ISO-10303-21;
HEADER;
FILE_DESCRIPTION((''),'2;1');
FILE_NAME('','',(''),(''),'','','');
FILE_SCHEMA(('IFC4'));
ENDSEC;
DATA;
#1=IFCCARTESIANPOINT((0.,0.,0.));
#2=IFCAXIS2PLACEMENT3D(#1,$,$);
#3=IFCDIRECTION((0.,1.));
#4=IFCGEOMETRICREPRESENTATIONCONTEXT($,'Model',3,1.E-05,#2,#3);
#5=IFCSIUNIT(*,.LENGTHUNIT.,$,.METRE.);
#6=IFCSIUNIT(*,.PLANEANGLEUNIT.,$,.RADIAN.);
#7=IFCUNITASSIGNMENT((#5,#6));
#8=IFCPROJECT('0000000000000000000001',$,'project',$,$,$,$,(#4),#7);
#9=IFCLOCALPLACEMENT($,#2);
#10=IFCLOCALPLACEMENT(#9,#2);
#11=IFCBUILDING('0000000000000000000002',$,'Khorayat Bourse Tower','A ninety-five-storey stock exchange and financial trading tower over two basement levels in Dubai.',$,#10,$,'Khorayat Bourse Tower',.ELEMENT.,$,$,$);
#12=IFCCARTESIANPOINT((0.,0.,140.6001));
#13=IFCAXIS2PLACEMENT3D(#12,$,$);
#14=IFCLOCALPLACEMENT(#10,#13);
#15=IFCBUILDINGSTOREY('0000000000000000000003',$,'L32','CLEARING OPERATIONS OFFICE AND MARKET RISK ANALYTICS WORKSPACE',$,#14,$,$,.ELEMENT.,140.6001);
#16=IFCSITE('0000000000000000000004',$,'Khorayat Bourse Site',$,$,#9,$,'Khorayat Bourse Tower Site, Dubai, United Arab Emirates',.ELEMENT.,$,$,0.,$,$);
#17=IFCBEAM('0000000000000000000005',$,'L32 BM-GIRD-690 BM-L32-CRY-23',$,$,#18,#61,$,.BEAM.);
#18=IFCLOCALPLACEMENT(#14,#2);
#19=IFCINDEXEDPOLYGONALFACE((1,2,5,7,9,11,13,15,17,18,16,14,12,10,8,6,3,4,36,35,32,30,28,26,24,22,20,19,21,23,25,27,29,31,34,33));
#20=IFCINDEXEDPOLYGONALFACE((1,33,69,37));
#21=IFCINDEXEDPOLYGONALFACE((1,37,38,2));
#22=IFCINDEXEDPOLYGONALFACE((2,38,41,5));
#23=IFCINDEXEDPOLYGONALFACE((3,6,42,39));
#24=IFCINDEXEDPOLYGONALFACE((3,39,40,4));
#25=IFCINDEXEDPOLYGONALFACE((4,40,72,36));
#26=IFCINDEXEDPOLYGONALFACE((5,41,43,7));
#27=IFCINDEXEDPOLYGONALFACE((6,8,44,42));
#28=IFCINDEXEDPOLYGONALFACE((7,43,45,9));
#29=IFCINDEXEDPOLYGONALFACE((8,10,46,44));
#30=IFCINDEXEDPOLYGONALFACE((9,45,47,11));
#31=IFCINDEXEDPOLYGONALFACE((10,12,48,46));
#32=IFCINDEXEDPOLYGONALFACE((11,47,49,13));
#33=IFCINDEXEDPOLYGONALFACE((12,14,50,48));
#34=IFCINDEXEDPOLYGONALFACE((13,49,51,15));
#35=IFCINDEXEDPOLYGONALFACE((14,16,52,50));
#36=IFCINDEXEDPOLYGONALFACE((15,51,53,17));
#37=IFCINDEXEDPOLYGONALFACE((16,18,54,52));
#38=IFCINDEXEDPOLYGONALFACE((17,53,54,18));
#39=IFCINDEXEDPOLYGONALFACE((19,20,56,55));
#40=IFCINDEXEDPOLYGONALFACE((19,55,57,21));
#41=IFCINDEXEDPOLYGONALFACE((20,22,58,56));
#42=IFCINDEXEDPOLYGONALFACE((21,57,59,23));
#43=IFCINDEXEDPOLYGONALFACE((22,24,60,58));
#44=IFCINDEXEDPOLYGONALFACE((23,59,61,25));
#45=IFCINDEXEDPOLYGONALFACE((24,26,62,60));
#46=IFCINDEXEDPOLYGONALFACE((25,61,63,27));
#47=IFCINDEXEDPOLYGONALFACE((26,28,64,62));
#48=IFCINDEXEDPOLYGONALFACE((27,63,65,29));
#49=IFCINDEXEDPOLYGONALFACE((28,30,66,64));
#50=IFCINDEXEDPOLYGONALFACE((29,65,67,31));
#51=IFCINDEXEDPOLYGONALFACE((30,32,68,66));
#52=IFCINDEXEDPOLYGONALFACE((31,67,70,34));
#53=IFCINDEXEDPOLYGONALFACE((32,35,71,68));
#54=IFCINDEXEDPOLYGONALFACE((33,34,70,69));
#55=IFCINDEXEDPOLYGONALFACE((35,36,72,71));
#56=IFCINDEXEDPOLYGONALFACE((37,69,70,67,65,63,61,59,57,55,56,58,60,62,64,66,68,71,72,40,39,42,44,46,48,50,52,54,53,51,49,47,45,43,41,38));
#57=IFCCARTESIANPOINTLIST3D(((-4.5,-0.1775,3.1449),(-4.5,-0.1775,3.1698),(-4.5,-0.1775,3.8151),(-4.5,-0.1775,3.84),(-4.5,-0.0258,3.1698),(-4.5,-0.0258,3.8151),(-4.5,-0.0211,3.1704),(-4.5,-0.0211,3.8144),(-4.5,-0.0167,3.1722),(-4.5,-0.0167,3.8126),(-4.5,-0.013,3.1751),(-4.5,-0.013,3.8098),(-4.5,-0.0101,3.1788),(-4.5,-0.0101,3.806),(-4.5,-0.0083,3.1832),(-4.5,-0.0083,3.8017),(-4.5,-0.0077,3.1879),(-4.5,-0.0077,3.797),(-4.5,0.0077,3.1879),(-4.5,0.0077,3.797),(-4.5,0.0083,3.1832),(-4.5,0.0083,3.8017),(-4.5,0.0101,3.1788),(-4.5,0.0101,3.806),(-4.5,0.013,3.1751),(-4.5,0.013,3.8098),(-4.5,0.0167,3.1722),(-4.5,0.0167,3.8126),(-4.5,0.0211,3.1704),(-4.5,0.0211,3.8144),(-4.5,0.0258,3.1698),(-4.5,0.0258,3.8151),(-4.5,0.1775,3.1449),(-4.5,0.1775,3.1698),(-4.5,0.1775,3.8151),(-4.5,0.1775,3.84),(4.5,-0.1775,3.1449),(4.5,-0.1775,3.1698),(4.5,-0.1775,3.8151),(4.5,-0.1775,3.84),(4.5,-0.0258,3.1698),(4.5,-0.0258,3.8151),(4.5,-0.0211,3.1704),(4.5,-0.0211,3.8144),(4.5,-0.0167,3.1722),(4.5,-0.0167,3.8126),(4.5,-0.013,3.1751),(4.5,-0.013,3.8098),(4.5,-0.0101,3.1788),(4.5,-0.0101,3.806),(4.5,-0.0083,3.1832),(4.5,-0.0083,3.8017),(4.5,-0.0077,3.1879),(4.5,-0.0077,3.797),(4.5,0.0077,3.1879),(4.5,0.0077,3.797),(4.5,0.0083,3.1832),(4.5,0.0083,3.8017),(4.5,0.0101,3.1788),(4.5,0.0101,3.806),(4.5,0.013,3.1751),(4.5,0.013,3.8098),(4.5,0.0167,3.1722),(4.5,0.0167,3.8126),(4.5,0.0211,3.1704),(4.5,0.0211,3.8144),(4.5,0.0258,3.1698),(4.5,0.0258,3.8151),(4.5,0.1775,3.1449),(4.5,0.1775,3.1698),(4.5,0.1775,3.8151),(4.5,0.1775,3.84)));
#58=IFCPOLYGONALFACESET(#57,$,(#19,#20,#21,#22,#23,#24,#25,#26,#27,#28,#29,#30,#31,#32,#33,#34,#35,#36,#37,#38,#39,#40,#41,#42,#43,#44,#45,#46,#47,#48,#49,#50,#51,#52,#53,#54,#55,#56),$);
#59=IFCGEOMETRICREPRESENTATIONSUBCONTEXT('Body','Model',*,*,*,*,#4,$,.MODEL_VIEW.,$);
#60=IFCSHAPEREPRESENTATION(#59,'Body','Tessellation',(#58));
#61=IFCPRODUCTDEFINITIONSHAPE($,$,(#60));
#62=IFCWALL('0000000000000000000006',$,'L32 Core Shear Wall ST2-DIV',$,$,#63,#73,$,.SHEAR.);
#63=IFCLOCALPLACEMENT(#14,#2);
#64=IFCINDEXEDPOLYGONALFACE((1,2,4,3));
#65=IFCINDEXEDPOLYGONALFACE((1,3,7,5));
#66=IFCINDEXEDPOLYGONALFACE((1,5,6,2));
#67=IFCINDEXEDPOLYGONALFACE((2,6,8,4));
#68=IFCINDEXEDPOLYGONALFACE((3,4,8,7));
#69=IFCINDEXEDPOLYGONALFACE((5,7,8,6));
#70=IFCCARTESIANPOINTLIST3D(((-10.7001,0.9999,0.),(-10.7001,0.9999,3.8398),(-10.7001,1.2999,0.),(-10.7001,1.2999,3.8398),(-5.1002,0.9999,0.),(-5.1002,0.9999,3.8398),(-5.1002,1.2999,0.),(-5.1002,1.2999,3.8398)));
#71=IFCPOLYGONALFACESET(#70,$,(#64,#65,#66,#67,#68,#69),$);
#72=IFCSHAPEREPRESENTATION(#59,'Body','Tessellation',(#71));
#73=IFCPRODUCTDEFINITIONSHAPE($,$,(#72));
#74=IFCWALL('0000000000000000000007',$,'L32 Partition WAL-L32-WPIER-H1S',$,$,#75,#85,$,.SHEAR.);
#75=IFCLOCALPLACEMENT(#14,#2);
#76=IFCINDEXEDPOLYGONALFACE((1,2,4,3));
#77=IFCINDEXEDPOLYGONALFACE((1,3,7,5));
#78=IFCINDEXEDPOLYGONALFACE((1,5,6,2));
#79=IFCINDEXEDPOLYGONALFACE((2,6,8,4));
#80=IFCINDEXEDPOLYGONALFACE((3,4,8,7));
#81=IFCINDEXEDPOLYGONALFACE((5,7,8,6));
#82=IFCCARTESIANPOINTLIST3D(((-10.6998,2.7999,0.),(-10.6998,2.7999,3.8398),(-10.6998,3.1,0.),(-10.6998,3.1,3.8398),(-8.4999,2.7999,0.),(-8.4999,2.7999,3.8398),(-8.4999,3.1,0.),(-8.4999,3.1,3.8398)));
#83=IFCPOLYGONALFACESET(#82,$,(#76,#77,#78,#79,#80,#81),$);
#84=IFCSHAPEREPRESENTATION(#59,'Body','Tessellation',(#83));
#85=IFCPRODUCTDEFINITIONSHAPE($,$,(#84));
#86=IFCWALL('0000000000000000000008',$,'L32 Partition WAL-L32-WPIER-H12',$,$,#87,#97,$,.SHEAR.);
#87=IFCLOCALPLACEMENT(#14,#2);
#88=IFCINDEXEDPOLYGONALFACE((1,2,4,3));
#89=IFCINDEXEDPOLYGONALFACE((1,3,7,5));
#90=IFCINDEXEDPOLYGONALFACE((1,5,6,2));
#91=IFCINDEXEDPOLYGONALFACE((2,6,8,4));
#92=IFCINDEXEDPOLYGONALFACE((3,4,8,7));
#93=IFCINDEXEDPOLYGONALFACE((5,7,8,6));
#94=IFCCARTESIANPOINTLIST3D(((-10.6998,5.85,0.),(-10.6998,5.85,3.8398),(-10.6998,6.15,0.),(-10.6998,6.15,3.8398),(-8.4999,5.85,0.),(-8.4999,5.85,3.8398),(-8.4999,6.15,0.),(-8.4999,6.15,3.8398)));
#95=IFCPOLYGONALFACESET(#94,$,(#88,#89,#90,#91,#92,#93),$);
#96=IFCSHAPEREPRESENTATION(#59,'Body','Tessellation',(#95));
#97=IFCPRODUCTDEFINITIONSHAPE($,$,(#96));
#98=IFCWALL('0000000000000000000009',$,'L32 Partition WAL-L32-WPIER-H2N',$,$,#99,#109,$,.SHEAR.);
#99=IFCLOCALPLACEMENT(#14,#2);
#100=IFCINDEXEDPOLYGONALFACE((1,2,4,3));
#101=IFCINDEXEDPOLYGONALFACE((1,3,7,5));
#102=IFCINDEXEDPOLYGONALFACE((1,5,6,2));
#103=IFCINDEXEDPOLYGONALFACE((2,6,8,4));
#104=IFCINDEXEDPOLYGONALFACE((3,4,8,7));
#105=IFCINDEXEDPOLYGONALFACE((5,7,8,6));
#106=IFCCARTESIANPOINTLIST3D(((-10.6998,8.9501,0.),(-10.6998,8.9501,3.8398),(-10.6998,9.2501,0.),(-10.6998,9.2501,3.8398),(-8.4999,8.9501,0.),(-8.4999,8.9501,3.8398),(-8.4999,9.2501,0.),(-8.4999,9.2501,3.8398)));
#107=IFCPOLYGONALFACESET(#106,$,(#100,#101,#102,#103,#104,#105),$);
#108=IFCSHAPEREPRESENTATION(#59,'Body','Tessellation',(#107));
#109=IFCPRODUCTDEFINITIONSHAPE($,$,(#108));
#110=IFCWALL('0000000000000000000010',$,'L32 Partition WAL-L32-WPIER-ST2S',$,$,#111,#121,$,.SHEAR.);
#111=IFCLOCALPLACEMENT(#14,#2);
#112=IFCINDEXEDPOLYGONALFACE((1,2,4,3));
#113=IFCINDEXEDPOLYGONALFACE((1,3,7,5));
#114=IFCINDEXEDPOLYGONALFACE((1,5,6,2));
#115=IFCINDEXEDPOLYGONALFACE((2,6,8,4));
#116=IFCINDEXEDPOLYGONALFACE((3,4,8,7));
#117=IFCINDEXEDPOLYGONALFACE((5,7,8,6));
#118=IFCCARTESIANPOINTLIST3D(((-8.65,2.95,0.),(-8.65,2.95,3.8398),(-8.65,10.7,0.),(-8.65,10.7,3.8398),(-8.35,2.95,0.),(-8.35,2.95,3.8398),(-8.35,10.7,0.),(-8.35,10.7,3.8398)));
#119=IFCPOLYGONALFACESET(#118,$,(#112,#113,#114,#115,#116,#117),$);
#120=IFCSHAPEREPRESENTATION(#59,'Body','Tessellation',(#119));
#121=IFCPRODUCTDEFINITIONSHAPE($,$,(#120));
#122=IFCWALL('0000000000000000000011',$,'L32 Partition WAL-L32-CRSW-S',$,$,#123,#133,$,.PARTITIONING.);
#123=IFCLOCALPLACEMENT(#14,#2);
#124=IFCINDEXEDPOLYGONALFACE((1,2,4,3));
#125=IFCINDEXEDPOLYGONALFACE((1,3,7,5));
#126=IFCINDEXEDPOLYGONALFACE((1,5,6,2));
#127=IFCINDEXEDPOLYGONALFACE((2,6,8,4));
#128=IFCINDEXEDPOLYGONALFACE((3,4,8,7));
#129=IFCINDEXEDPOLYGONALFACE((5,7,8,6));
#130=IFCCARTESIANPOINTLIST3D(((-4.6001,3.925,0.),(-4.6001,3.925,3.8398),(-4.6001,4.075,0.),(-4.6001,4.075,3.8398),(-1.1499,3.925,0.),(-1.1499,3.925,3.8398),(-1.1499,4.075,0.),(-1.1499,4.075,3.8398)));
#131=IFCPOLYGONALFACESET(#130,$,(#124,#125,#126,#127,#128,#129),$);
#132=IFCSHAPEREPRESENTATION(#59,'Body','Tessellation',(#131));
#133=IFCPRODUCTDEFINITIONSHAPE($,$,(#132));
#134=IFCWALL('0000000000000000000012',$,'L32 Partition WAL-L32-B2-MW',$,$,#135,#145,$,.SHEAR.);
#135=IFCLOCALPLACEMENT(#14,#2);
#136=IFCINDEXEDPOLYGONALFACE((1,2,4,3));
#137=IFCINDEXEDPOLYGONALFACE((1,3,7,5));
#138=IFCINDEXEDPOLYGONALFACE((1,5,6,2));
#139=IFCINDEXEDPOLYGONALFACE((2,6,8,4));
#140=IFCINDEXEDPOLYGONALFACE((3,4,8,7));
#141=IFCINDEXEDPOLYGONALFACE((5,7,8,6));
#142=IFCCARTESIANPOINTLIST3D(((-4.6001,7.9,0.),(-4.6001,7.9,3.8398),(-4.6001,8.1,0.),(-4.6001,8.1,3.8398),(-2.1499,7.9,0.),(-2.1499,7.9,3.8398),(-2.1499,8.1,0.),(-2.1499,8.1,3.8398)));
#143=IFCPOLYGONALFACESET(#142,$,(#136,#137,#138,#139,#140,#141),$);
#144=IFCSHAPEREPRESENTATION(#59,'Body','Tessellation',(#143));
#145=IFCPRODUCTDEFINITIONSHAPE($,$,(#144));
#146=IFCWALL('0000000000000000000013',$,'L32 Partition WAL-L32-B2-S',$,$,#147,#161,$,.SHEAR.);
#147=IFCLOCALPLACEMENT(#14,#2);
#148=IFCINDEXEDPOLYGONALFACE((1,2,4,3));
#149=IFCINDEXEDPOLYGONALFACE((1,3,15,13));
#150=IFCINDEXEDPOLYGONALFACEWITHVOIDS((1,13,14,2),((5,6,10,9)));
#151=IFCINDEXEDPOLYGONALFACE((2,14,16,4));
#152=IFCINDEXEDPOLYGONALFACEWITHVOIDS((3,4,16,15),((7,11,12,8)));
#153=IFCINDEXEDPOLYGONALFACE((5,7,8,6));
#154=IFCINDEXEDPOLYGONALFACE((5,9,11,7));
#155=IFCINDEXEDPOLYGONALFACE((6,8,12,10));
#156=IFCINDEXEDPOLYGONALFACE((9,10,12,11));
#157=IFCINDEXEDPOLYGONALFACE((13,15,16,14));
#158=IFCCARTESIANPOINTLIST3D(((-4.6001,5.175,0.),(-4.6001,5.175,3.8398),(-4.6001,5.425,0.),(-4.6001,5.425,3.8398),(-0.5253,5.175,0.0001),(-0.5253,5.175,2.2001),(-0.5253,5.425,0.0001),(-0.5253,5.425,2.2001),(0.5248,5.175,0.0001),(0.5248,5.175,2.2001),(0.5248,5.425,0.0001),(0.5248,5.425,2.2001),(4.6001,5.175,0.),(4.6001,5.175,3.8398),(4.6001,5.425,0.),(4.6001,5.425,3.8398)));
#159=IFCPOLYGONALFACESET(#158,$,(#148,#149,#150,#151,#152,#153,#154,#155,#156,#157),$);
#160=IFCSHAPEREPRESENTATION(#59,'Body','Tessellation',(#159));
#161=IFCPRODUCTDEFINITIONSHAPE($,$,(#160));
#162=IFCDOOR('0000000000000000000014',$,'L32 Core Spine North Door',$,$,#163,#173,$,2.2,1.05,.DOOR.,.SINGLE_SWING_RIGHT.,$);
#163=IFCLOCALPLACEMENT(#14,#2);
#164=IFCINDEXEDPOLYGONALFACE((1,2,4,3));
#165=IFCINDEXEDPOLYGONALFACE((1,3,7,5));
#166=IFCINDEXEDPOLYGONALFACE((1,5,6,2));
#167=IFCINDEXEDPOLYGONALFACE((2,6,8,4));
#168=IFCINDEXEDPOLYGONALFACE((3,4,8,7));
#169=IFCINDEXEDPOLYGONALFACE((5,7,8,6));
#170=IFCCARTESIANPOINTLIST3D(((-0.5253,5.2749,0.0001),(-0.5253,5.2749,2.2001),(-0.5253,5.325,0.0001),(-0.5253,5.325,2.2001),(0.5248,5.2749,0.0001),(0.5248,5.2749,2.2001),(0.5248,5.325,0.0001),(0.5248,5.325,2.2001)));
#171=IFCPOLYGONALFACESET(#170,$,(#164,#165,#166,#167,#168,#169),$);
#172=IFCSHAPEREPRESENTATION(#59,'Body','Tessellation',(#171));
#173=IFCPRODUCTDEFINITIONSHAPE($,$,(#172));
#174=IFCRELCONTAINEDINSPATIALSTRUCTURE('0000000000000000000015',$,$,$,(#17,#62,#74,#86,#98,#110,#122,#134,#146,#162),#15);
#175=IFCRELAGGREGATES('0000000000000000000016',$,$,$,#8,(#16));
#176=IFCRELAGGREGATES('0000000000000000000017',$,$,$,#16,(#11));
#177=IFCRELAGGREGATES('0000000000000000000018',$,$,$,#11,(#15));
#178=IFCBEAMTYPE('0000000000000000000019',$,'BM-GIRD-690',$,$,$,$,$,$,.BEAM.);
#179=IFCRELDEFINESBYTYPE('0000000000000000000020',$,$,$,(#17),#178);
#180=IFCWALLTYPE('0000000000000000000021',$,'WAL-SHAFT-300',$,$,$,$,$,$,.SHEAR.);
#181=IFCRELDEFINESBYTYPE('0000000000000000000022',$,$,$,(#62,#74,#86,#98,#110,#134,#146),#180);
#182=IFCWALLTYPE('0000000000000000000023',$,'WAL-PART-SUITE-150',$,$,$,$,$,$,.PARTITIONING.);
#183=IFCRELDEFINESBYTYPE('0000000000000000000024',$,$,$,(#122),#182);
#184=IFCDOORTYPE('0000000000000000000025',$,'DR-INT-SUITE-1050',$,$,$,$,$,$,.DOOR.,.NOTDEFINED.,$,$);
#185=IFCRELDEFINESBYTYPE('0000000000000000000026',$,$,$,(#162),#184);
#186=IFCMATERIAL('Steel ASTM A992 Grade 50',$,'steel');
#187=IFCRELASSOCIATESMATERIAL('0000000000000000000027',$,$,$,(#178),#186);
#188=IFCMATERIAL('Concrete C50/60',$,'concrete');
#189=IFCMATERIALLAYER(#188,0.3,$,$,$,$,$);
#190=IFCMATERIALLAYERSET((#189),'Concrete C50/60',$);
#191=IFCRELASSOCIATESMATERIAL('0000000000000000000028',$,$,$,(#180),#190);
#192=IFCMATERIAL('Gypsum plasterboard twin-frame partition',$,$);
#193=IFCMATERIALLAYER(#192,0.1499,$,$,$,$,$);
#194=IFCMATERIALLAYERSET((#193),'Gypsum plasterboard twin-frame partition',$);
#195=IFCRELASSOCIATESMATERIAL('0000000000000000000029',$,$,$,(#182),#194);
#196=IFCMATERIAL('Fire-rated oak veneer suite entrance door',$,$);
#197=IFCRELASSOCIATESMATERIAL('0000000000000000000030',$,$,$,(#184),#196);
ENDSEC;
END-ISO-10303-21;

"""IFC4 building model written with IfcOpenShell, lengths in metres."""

from ifc_helpers import new_model, si_unit, direction, frame, frame_2d, origin, origin_2d, place, context, subcontext, project, spatial, rectangle, i_section, extrude, source, transform, mapped, material, layer, layer_set, material_profile, profile_set, type_object, element, fill, save


model = new_model("IFC4")

# Units and contexts
model_context = context("Model", 3, precision=1e-05, world=origin(), true_north=direction((0.0, 1.0)))
body_context = subcontext(model_context, "Body", "Model", "MODEL_VIEW")
ifc_project = project(units=[si_unit("LENGTHUNIT", "METRE"), si_unit("PLANEANGLEUNIT", "RADIAN")], contexts=[model_context])

# Site, building, storey
site_placement = place(None, origin())
site = spatial("IfcSite", under=ifc_project, at=site_placement, Name="Khorayat Bourse Site", LongName="Khorayat Bourse Tower Site, Dubai, United Arab Emirates", CompositionType="ELEMENT", RefElevation=0.0)
building_placement = place(site_placement, origin())
building = spatial("IfcBuilding", under=site, at=building_placement, Name="Khorayat Bourse Tower", Description="A ninety-five-storey stock exchange and financial trading tower over two basement levels in Dubai.", LongName="Khorayat Bourse Tower", CompositionType="ELEMENT")
storey_placement = place(building_placement, frame((0.0, 0.0, 140.6001)))
storey = spatial("IfcBuildingStorey", under=building, at=storey_placement, Name="L32", Description="CLEARING OPERATIONS OFFICE AND MARKET RISK ANALYTICS WORKSPACE", CompositionType="ELEMENT", Elevation=140.6001)

# Beam
ifc_material_1 = material(Name="Steel ASTM A992 Grade 50", Category="steel")
ifc_material_profile_1 = material_profile(ifc_material_1, i_section(OverallWidth=0.355, OverallDepth=0.6951, WebThickness=0.0154, FlangeThickness=0.0249, FilletRadius=0.0181, at=origin_2d()), Name="W690X217")
ifc_profile_set_1 = profile_set([ifc_material_profile_1], Name="Steel ASTM A992 Grade 50")
beam_type_1 = type_object("IfcBeamType", Name="BM-GIRD-690", PredefinedType="BEAM", material=ifc_profile_set_1)
shared_shape_1 = source(origin(), body_context, "Body", "SweptSolid", [
    extrude(i_section(OverallWidth=0.355, OverallDepth=0.6951, WebThickness=0.0154, FlangeThickness=0.0249, FilletRadius=0.0181, at=origin_2d()), origin(), (0.0, 0.0, 1.0), 9.0),
])
beam_1_placement = place(storey_placement, frame((-4.5, 0.0, 3.4924), z_axis=(1.0, 0.0, 0.0), x_axis=(0.0, 1.0, 0.0)))
element("IfcBeam", 1, at=beam_1_placement, inside=storey, type_object=beam_type_1, Name="L32 BM-GIRD-690 BM-L32-CRY-23", PredefinedType="BEAM", context=body_context, shape_type="MappedRepresentation", body=[
    mapped(shared_shape_1, transform((0.0, 0.0, 0.0), scale=1.0)),
])

# Walls
ifc_material_2 = material(Name="Concrete C50/60", Category="concrete")
ifc_layer_1 = layer(ifc_material_2, 0.3)
ifc_layer_set_1 = layer_set([ifc_layer_1], Name="Concrete C50/60")
wall_type_1 = type_object("IfcWallType", Name="WAL-SHAFT-300", PredefinedType="SHEAR", material=ifc_layer_set_1)
shared_shape_2 = source(origin(), body_context, "Body", "SweptSolid", [
    extrude(rectangle(XDim=5.5999, YDim=0.3, at=frame_2d((2.7998, 0.0))), origin(), (0.0, 0.0, 1.0), 3.8398),
])
wall_1_placement = place(storey_placement, frame((-10.7, 1.1499, 0.0), z_axis=(0.0, 0.0, 1.0), x_axis=(1.0, 0.0, 0.0)))
element("IfcWall", 2, at=wall_1_placement, inside=storey, type_object=wall_type_1, Name="L32 Core Shear Wall ST2-DIV", PredefinedType="SHEAR", context=body_context, shape_type="MappedRepresentation", body=[
    mapped(shared_shape_2, transform((0.0, 0.0, 0.0), scale=1.0)),
])
shared_shape_3 = source(origin(), body_context, "Body", "SweptSolid", [
    extrude(rectangle(XDim=2.2, YDim=0.3, at=frame_2d((1.1001, 0.0))), origin(), (0.0, 0.0, 1.0), 3.8398),
])
for number, where, z_axis, x_axis, name in (
    (3, (-10.7, 2.95, 0.0), (0.0, 0.0, 1.0), (1.0, 0.0, 0.0), "L32 Partition WAL-L32-WPIER-H1S"),
    (4, (-10.7, 6.0, 0.0), (0.0, 0.0, 1.0), (1.0, 0.0, 0.0), "L32 Partition WAL-L32-WPIER-H12"),
    (5, (-10.7, 9.1001, 0.0), (0.0, 0.0, 1.0), (1.0, 0.0, 0.0), "L32 Partition WAL-L32-WPIER-H2N"),
):
    element("IfcWall", number, at=place(storey_placement, frame(where, z_axis=z_axis, x_axis=x_axis)), inside=storey, type_object=wall_type_1, Name=name, PredefinedType="SHEAR", context=body_context, shape_type="MappedRepresentation", body=[
        mapped(shared_shape_3, transform((0.0, 0.0, 0.0), scale=1.0)),
    ])
shared_shape_4 = source(origin(), body_context, "Body", "SweptSolid", [
    extrude(rectangle(XDim=7.75, YDim=0.3, at=frame_2d((3.875, 0.0))), origin(), (0.0, 0.0, 1.0), 3.8398),
])
wall_2_placement = place(storey_placement, frame((-8.5, 2.95, 0.0), z_axis=(0.0, 0.0, 1.0), x_axis=(0.0, 1.0, 0.0)))
element("IfcWall", 6, at=wall_2_placement, inside=storey, type_object=wall_type_1, Name="L32 Partition WAL-L32-WPIER-ST2S", PredefinedType="SHEAR", context=body_context, shape_type="MappedRepresentation", body=[
    mapped(shared_shape_4, transform((0.0, 0.0, 0.0), scale=1.0)),
])
ifc_material_3 = material(Name="Gypsum plasterboard twin-frame partition")
ifc_layer_2 = layer(ifc_material_3, 0.1499)
ifc_layer_set_2 = layer_set([ifc_layer_2], Name="Gypsum plasterboard twin-frame partition")
wall_type_2 = type_object("IfcWallType", Name="WAL-PART-SUITE-150", PredefinedType="PARTITIONING", material=ifc_layer_set_2)
shared_shape_5 = source(origin(), body_context, "Body", "SweptSolid", [
    extrude(rectangle(XDim=3.4502, YDim=0.1499, at=frame_2d((1.7251, 0.0))), origin(), (0.0, 0.0, 1.0), 3.8398),
])
wall_3_placement = place(storey_placement, frame((-4.6001, 4.0, 0.0), z_axis=(0.0, 0.0, 1.0), x_axis=(1.0, 0.0, 0.0)))
element("IfcWall", 7, at=wall_3_placement, inside=storey, type_object=wall_type_2, Name="L32 Partition WAL-L32-CRSW-S", PredefinedType="PARTITIONING", context=body_context, shape_type="MappedRepresentation", body=[
    mapped(shared_shape_5, transform((0.0, 0.0, 0.0), scale=1.0)),
])
shared_shape_6 = source(origin(), body_context, "Body", "SweptSolid", [
    extrude(rectangle(XDim=2.4502, YDim=0.2, at=frame_2d((1.2251, 0.0))), origin(), (0.0, 0.0, 1.0), 3.8398),
])
wall_4_placement = place(storey_placement, frame((-4.6001, 8.0, 0.0), z_axis=(0.0, 0.0, 1.0), x_axis=(1.0, 0.0, 0.0)))
element("IfcWall", 8, at=wall_4_placement, inside=storey, type_object=wall_type_1, Name="L32 Partition WAL-L32-B2-MW", PredefinedType="SHEAR", context=body_context, shape_type="MappedRepresentation", body=[
    mapped(shared_shape_6, transform((0.0, 0.0, 0.0), scale=1.0)),
])

# Wall, opening, door
shared_shape_7 = source(origin(), body_context, "Body", "SweptSolid", [
    extrude(rectangle(XDim=9.2002, YDim=0.25, at=frame_2d((4.6001, 0.0))), origin(), (0.0, 0.0, 1.0), 3.8398),
])
wall_5_placement = place(storey_placement, frame((-4.6001, 5.3, 0.0), z_axis=(0.0, 0.0, 1.0), x_axis=(1.0, 0.0, 0.0)))
wall_5 = element("IfcWall", 9, at=wall_5_placement, inside=storey, type_object=wall_type_1, Name="L32 Partition WAL-L32-B2-S", PredefinedType="SHEAR", context=body_context, shape_type="MappedRepresentation", body=[
    mapped(shared_shape_7, transform((0.0, 0.0, 0.0), scale=1.0)),
])
shared_shape_8 = source(origin(), body_context, "Body", "SweptSolid", [
    extrude(rectangle(XDim=1.05, YDim=2.2, at=frame_2d((0.5249, 1.1001))), frame((0.0, 0.135, 0.0), z_axis=(0.0, -1.0, 0.0), x_axis=(1.0, 0.0, 0.0)), (0.0, 0.0, 1.0), 0.27),
])
opening_placement = place(wall_5_placement, frame((4.075, 0.0, 0.0)))
opening = element("IfcOpeningElement", 10, at=opening_placement, cuts=wall_5, PredefinedType="OPENING", context=body_context, shape_type="MappedRepresentation", body=[
    mapped(shared_shape_8, transform((0.0, 0.0, 0.0), scale=1.0)),
])
ifc_material_4 = material(Name="Fire-rated oak veneer suite entrance door")
door_type = type_object("IfcDoorType", Name="DR-INT-SUITE-1050", OperationType="NOTDEFINED", PredefinedType="DOOR", material=ifc_material_4)
shared_shape_9 = source(origin(), body_context, "Body", "SweptSolid", [
    extrude(rectangle(XDim=1.05, YDim=2.2, at=frame_2d((0.5249, 1.1001))), frame((0.0, 0.0249, 0.0), z_axis=(0.0, -1.0, 0.0), x_axis=(1.0, 0.0, 0.0)), (0.0, 0.0, 1.0), 0.05),
])
door_placement = place(opening_placement, origin())
door = element("IfcDoor", 11, at=door_placement, inside=storey, type_object=door_type, Name="L32 Core Spine North Door", OperationType="SINGLE_SWING_RIGHT", OverallHeight=2.2, OverallWidth=1.05, PredefinedType="DOOR", context=body_context, shape_type="MappedRepresentation", body=[
    mapped(shared_shape_9, transform((0.0, 0.0, 0.0), scale=1.0)),
])
fill(opening, door)

save(model, "model.ifc")
